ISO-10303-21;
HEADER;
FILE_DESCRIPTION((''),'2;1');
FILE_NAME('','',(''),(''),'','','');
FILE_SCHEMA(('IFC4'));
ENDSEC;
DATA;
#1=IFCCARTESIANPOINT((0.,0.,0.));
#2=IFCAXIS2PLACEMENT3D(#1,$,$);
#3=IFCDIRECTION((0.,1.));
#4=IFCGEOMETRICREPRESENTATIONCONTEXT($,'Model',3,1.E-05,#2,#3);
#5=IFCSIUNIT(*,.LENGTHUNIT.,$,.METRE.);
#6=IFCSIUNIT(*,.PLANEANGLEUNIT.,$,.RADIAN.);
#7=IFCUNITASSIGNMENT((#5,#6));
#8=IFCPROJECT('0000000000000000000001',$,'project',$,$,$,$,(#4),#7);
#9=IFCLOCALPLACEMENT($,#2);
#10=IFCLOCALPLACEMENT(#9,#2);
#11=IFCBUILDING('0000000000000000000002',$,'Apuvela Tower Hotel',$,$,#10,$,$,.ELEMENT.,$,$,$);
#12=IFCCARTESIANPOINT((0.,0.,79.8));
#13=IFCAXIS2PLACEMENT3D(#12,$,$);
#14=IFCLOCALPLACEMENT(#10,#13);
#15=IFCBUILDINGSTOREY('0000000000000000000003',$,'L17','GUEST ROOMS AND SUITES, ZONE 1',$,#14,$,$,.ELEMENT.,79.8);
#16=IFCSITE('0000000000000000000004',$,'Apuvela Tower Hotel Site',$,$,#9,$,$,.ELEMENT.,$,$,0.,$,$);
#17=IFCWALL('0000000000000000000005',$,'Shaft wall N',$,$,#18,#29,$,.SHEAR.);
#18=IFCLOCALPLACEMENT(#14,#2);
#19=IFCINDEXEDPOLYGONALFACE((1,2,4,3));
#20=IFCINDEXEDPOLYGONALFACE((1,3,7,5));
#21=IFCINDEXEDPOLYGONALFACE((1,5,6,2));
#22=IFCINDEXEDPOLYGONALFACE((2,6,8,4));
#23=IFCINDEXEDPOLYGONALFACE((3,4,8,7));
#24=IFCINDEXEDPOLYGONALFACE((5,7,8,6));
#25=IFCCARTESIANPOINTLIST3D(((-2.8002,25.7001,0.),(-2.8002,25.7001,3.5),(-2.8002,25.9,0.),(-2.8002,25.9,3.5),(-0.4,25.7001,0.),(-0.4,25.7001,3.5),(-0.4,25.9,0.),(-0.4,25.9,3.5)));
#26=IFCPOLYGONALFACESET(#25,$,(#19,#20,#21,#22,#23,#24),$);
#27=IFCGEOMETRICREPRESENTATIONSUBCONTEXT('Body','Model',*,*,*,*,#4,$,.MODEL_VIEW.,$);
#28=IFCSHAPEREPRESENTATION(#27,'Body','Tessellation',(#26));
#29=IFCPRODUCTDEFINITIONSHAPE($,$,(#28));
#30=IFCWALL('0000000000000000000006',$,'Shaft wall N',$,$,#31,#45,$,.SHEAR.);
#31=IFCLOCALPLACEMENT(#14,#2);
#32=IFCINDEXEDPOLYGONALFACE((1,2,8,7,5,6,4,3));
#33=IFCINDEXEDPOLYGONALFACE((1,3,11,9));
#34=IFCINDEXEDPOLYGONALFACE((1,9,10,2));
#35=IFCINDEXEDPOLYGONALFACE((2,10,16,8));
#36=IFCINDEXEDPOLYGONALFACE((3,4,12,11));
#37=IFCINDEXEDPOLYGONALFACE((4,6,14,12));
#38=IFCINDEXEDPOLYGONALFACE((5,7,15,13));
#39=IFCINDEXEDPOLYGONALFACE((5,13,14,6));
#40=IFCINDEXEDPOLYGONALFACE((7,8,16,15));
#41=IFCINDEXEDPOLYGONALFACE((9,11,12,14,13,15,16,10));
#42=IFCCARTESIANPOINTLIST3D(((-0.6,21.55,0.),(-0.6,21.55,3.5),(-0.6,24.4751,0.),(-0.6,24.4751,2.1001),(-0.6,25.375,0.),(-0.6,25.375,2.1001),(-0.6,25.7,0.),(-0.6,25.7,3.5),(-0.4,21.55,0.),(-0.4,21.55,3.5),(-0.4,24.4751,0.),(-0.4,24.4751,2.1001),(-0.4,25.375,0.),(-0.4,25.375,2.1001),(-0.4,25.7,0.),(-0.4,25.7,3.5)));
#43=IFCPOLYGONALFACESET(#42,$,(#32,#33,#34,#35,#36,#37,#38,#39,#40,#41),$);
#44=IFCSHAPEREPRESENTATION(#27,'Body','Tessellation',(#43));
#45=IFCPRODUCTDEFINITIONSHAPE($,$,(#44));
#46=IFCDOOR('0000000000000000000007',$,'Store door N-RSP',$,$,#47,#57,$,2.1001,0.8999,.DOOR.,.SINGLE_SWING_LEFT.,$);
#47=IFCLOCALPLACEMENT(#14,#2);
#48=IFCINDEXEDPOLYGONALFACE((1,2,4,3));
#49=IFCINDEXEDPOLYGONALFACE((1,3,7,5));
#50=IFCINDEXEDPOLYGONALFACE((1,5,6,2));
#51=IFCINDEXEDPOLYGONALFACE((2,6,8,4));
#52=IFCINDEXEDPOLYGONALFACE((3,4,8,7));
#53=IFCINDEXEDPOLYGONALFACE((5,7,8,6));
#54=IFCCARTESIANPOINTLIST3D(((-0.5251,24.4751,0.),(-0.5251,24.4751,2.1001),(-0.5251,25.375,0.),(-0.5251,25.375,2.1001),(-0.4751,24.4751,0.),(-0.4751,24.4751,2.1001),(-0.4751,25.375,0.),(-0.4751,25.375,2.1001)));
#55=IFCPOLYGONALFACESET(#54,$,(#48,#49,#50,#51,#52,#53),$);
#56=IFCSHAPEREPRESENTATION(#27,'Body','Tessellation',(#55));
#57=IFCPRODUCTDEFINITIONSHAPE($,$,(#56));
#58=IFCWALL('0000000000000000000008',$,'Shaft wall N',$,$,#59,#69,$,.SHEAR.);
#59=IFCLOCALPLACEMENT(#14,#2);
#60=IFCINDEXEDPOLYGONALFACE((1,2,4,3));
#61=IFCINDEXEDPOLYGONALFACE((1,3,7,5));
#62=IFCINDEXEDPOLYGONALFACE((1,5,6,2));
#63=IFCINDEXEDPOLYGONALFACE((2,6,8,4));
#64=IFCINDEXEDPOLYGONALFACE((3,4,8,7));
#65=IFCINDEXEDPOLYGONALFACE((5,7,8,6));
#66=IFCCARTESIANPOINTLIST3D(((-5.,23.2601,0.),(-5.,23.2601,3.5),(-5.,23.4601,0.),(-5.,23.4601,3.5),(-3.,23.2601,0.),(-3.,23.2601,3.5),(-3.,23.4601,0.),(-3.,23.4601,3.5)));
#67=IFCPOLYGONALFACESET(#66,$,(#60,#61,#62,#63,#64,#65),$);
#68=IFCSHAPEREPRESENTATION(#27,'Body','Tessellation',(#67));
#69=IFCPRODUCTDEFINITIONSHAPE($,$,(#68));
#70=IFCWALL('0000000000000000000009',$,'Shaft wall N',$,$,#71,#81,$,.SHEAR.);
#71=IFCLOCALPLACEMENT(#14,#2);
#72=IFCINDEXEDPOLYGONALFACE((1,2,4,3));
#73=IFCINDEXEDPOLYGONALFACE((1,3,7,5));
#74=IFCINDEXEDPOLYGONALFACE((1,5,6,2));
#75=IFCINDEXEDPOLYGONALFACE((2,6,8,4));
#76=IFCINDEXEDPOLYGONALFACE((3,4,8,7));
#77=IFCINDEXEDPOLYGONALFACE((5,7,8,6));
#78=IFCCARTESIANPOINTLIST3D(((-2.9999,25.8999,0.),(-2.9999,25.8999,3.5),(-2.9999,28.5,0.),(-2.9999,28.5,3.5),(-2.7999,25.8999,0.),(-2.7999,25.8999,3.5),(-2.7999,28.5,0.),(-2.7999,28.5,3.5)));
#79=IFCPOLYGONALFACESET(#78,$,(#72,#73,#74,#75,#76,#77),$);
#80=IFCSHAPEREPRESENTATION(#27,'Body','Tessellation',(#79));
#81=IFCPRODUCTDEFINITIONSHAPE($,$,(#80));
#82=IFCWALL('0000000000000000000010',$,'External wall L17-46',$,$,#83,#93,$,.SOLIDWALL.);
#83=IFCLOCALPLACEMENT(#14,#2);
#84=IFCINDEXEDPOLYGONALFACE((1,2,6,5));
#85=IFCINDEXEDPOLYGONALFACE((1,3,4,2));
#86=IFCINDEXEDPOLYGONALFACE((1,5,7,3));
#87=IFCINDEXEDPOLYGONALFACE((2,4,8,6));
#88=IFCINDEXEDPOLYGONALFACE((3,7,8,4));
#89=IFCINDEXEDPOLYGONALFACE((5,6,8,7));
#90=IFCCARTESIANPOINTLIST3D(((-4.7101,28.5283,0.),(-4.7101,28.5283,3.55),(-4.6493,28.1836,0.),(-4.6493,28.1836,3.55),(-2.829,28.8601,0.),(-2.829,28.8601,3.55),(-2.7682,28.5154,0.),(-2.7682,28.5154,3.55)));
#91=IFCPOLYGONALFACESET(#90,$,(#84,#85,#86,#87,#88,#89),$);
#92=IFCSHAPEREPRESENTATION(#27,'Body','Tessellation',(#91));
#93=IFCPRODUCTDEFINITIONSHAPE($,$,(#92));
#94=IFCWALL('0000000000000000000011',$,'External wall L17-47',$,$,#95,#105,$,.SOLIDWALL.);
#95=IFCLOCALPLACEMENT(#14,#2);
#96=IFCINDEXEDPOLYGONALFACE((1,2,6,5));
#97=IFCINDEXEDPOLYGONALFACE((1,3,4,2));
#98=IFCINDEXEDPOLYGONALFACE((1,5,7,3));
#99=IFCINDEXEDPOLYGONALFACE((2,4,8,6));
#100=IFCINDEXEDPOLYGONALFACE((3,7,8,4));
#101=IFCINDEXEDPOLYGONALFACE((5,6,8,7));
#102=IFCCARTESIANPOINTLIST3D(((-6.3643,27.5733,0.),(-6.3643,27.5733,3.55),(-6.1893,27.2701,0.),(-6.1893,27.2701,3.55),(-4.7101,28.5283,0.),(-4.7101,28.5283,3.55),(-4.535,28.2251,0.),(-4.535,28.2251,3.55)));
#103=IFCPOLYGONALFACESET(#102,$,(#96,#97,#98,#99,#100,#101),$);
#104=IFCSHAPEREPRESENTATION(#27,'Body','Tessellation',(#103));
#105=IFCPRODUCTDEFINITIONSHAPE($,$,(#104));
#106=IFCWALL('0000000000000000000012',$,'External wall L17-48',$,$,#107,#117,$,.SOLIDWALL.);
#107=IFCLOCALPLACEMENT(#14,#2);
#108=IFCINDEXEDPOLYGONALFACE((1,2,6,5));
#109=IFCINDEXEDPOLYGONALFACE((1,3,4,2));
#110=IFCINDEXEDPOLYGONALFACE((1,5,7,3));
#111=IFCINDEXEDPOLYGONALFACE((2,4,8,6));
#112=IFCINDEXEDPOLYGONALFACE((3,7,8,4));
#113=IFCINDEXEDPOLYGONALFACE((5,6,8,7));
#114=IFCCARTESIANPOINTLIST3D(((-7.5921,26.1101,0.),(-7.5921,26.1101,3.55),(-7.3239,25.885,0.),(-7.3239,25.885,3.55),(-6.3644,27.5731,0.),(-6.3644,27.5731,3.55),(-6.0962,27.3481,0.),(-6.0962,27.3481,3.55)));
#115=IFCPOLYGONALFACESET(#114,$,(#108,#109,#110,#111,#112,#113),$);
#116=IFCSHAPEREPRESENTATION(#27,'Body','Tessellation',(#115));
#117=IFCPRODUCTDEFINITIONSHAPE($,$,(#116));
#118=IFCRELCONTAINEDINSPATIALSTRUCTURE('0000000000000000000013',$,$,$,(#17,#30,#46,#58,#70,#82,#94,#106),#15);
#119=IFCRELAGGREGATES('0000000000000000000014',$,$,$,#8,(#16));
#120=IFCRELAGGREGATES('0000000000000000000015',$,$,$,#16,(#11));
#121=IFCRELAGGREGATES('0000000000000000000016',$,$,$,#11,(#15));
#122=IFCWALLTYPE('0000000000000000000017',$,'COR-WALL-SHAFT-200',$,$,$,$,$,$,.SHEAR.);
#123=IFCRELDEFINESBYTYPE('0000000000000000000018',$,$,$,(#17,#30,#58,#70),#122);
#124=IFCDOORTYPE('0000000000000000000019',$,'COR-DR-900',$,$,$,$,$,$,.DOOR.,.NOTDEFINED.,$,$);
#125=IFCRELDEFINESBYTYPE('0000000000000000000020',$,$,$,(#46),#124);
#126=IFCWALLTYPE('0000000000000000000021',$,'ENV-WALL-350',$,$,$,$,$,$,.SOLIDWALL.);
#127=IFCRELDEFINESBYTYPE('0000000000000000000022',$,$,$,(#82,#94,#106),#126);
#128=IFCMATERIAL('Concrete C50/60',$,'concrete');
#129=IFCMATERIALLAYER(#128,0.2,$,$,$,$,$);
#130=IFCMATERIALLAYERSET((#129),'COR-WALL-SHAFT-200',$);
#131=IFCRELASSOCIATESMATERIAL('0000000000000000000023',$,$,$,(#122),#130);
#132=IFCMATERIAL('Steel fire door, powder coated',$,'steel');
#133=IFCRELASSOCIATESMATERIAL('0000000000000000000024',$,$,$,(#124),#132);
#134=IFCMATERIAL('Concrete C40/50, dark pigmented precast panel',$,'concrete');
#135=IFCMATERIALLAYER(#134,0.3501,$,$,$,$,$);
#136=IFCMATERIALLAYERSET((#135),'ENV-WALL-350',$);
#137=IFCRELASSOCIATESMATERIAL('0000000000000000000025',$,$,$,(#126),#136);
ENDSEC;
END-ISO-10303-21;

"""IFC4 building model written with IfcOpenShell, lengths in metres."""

from ifc_helpers import new_model, si_unit, direction, frame, frame_2d, origin, place, context, subcontext, project, spatial, rectangle, extrude, material, layer, layer_set, type_object, element, fill, save


model = new_model("IFC4")

# Units and contexts
model_context = context("Model", 3, precision=1e-05, world=origin(), true_north=direction((0.0, 1.0)))
body_context = subcontext(model_context, "Body", "Model", "MODEL_VIEW")
ifc_project = project(units=[si_unit("LENGTHUNIT", "METRE"), si_unit("PLANEANGLEUNIT", "RADIAN")], contexts=[model_context])

# Site, building, storey
site_placement = place(None, origin())
site = spatial("IfcSite", under=ifc_project, at=site_placement, Name="Apuvela Tower Hotel Site", CompositionType="ELEMENT", RefElevation=0.0)
building_placement = place(site_placement, origin())
building = spatial("IfcBuilding", under=site, at=building_placement, Name="Apuvela Tower Hotel", CompositionType="ELEMENT")
storey_placement = place(building_placement, frame((0.0, 0.0, 79.8)))
storey = spatial("IfcBuildingStorey", under=building, at=storey_placement, Name="L17", Description="GUEST ROOMS AND SUITES, ZONE 1", CompositionType="ELEMENT", Elevation=79.8)

# Wall
ifc_material_1 = material(Name="Concrete C50/60", Category="concrete")
ifc_layer_1 = layer(ifc_material_1, 0.2)
ifc_layer_set_1 = layer_set([ifc_layer_1], Name="COR-WALL-SHAFT-200")
wall_type_1 = type_object("IfcWallType", Name="COR-WALL-SHAFT-200", PredefinedType="SHEAR", material=ifc_layer_set_1)
wall_1_placement = place(storey_placement, frame((-0.3999, 25.8, 0.0), z_axis=(0.0, 0.0, 1.0), x_axis=(-1.0, 0.0, 0.0)))
element("IfcWall", 1, at=wall_1_placement, inside=storey, type_object=wall_type_1, Name="Shaft wall N", PredefinedType="SHEAR", context=body_context, shape_type="SweptSolid", body=[
    extrude(rectangle(XDim=2.4001, YDim=0.2, at=frame_2d((1.2002, 0.0))), origin(), (0.0, 0.0, 1.0), 3.5),
])

# Wall, opening, door
wall_2_placement = place(storey_placement, frame((-0.5, 21.55, 0.0), z_axis=(0.0, 0.0, 1.0), x_axis=(0.0, 1.0, 0.0)))
wall_2 = element("IfcWall", 2, at=wall_2_placement, inside=storey, type_object=wall_type_1, Name="Shaft wall N", PredefinedType="SHEAR", context=body_context, shape_type="SweptSolid", body=[
    extrude(rectangle(XDim=4.1499, YDim=0.2, at=frame_2d((2.075, 0.0))), origin(), (0.0, 0.0, 1.0), 3.5),
])
opening_1_placement = place(wall_2_placement, frame((2.925, 0.0, 0.0)))
opening_1 = element("IfcOpeningElement", 3, at=opening_1_placement, cuts=wall_2, PredefinedType="OPENING", context=body_context, shape_type="SweptSolid", body=[
    extrude(rectangle(XDim=0.8999, YDim=2.1001, at=frame_2d((0.45, 1.05))), frame((0.0, 0.1099, 0.0), z_axis=(0.0, -1.0, 0.0), x_axis=(1.0, 0.0, 0.0)), (0.0, 0.0, 1.0), 0.22),
])
ifc_material_2 = material(Name="Steel fire door, powder coated", Category="steel")
door_type_1 = type_object("IfcDoorType", Name="COR-DR-900", OperationType="NOTDEFINED", PredefinedType="DOOR", material=ifc_material_2)
door_1_placement = place(opening_1_placement, frame((0.8999, 0.0, 0.0), z_axis=(0.0, 0.0, 1.0), x_axis=(-1.0, 0.0, 0.0)))
door_1 = element("IfcDoor", 4, at=door_1_placement, inside=storey, type_object=door_type_1, Name="Store door N-RSP", OperationType="SINGLE_SWING_LEFT", OverallHeight=2.1001, OverallWidth=0.8999, PredefinedType="DOOR", context=body_context, shape_type="SweptSolid", body=[
    extrude(rectangle(XDim=0.8999, YDim=2.1001, at=frame_2d((0.45, 1.05))), frame((0.0, 0.0249, 0.0), z_axis=(0.0, -1.0, 0.0), x_axis=(1.0, 0.0, 0.0)), (0.0, 0.0, 1.0), 0.05),
])
fill(opening_1, door_1)

# Walls
wall_3_placement = place(storey_placement, frame((-3.0, 23.3601, 0.0), z_axis=(0.0, 0.0, 1.0), x_axis=(-1.0, 0.0, 0.0)))
element("IfcWall", 5, at=wall_3_placement, inside=storey, type_object=wall_type_1, Name="Shaft wall N", PredefinedType="SHEAR", context=body_context, shape_type="SweptSolid", body=[
    extrude(rectangle(XDim=2.0, YDim=0.2, at=frame_2d((1.0, 0.0))), origin(), (0.0, 0.0, 1.0), 3.5),
])
wall_4_placement = place(storey_placement, frame((-2.8999, 25.8999, 0.0), z_axis=(0.0, 0.0, 1.0), x_axis=(0.0, 1.0, 0.0)))
element("IfcWall", 6, at=wall_4_placement, inside=storey, type_object=wall_type_1, Name="Shaft wall N", PredefinedType="SHEAR", context=body_context, shape_type="SweptSolid", body=[
    extrude(rectangle(XDim=2.6001, YDim=0.2, at=frame_2d((1.3, 0.0))), origin(), (0.0, 0.0, 1.0), 3.5),
])

# Shared definitions
ifc_material_3 = material(Name="Concrete C40/50, dark pigmented precast panel", Category="concrete")
ifc_layer_2 = layer(ifc_material_3, 0.3501)
ifc_layer_set_2 = layer_set([ifc_layer_2], Name="ENV-WALL-350")
wall_type_2 = type_object("IfcWallType", Name="ENV-WALL-350", PredefinedType="SOLIDWALL", material=ifc_layer_set_2)

# Walls
for number, where, z_axis, x_axis, name in (
    (7, (-2.7986, 28.6877, 0.0), (0.0, 0.0, 1.0), (-0.984799, -0.173698, 0.0), "External wall L17-46"),
    (8, (-4.6226, 28.3767, 0.0), (0.0, 0.0, 1.0), (-0.866032, -0.499988, 0.0), "External wall L17-47"),
):
    element("IfcWall", number, at=place(storey_placement, frame(where, z_axis=z_axis, x_axis=x_axis)), inside=storey, type_object=wall_type_2, Name=name, PredefinedType="SOLIDWALL", context=body_context, shape_type="SweptSolid", body=[
        extrude(rectangle(XDim=1.9102, YDim=0.3501, at=frame_2d((0.9551, 0.0))), origin(), (0.0, 0.0, 1.0), 3.55),
    ])
wall_5_placement = place(storey_placement, frame((-6.2302, 27.4607, 0.0), z_axis=(0.0, 0.0, 1.0), x_axis=(-0.642808, -0.766027, 0.0)))
element("IfcWall", 9, at=wall_5_placement, inside=storey, type_object=wall_type_2, Name="External wall L17-48", PredefinedType="SOLIDWALL", context=body_context, shape_type="SweptSolid", body=[
    extrude(rectangle(XDim=1.9099, YDim=0.3501, at=frame_2d((0.9551, 0.0))), origin(), (0.0, 0.0, 1.0), 3.55),
])

save(model, "model.ifc")
